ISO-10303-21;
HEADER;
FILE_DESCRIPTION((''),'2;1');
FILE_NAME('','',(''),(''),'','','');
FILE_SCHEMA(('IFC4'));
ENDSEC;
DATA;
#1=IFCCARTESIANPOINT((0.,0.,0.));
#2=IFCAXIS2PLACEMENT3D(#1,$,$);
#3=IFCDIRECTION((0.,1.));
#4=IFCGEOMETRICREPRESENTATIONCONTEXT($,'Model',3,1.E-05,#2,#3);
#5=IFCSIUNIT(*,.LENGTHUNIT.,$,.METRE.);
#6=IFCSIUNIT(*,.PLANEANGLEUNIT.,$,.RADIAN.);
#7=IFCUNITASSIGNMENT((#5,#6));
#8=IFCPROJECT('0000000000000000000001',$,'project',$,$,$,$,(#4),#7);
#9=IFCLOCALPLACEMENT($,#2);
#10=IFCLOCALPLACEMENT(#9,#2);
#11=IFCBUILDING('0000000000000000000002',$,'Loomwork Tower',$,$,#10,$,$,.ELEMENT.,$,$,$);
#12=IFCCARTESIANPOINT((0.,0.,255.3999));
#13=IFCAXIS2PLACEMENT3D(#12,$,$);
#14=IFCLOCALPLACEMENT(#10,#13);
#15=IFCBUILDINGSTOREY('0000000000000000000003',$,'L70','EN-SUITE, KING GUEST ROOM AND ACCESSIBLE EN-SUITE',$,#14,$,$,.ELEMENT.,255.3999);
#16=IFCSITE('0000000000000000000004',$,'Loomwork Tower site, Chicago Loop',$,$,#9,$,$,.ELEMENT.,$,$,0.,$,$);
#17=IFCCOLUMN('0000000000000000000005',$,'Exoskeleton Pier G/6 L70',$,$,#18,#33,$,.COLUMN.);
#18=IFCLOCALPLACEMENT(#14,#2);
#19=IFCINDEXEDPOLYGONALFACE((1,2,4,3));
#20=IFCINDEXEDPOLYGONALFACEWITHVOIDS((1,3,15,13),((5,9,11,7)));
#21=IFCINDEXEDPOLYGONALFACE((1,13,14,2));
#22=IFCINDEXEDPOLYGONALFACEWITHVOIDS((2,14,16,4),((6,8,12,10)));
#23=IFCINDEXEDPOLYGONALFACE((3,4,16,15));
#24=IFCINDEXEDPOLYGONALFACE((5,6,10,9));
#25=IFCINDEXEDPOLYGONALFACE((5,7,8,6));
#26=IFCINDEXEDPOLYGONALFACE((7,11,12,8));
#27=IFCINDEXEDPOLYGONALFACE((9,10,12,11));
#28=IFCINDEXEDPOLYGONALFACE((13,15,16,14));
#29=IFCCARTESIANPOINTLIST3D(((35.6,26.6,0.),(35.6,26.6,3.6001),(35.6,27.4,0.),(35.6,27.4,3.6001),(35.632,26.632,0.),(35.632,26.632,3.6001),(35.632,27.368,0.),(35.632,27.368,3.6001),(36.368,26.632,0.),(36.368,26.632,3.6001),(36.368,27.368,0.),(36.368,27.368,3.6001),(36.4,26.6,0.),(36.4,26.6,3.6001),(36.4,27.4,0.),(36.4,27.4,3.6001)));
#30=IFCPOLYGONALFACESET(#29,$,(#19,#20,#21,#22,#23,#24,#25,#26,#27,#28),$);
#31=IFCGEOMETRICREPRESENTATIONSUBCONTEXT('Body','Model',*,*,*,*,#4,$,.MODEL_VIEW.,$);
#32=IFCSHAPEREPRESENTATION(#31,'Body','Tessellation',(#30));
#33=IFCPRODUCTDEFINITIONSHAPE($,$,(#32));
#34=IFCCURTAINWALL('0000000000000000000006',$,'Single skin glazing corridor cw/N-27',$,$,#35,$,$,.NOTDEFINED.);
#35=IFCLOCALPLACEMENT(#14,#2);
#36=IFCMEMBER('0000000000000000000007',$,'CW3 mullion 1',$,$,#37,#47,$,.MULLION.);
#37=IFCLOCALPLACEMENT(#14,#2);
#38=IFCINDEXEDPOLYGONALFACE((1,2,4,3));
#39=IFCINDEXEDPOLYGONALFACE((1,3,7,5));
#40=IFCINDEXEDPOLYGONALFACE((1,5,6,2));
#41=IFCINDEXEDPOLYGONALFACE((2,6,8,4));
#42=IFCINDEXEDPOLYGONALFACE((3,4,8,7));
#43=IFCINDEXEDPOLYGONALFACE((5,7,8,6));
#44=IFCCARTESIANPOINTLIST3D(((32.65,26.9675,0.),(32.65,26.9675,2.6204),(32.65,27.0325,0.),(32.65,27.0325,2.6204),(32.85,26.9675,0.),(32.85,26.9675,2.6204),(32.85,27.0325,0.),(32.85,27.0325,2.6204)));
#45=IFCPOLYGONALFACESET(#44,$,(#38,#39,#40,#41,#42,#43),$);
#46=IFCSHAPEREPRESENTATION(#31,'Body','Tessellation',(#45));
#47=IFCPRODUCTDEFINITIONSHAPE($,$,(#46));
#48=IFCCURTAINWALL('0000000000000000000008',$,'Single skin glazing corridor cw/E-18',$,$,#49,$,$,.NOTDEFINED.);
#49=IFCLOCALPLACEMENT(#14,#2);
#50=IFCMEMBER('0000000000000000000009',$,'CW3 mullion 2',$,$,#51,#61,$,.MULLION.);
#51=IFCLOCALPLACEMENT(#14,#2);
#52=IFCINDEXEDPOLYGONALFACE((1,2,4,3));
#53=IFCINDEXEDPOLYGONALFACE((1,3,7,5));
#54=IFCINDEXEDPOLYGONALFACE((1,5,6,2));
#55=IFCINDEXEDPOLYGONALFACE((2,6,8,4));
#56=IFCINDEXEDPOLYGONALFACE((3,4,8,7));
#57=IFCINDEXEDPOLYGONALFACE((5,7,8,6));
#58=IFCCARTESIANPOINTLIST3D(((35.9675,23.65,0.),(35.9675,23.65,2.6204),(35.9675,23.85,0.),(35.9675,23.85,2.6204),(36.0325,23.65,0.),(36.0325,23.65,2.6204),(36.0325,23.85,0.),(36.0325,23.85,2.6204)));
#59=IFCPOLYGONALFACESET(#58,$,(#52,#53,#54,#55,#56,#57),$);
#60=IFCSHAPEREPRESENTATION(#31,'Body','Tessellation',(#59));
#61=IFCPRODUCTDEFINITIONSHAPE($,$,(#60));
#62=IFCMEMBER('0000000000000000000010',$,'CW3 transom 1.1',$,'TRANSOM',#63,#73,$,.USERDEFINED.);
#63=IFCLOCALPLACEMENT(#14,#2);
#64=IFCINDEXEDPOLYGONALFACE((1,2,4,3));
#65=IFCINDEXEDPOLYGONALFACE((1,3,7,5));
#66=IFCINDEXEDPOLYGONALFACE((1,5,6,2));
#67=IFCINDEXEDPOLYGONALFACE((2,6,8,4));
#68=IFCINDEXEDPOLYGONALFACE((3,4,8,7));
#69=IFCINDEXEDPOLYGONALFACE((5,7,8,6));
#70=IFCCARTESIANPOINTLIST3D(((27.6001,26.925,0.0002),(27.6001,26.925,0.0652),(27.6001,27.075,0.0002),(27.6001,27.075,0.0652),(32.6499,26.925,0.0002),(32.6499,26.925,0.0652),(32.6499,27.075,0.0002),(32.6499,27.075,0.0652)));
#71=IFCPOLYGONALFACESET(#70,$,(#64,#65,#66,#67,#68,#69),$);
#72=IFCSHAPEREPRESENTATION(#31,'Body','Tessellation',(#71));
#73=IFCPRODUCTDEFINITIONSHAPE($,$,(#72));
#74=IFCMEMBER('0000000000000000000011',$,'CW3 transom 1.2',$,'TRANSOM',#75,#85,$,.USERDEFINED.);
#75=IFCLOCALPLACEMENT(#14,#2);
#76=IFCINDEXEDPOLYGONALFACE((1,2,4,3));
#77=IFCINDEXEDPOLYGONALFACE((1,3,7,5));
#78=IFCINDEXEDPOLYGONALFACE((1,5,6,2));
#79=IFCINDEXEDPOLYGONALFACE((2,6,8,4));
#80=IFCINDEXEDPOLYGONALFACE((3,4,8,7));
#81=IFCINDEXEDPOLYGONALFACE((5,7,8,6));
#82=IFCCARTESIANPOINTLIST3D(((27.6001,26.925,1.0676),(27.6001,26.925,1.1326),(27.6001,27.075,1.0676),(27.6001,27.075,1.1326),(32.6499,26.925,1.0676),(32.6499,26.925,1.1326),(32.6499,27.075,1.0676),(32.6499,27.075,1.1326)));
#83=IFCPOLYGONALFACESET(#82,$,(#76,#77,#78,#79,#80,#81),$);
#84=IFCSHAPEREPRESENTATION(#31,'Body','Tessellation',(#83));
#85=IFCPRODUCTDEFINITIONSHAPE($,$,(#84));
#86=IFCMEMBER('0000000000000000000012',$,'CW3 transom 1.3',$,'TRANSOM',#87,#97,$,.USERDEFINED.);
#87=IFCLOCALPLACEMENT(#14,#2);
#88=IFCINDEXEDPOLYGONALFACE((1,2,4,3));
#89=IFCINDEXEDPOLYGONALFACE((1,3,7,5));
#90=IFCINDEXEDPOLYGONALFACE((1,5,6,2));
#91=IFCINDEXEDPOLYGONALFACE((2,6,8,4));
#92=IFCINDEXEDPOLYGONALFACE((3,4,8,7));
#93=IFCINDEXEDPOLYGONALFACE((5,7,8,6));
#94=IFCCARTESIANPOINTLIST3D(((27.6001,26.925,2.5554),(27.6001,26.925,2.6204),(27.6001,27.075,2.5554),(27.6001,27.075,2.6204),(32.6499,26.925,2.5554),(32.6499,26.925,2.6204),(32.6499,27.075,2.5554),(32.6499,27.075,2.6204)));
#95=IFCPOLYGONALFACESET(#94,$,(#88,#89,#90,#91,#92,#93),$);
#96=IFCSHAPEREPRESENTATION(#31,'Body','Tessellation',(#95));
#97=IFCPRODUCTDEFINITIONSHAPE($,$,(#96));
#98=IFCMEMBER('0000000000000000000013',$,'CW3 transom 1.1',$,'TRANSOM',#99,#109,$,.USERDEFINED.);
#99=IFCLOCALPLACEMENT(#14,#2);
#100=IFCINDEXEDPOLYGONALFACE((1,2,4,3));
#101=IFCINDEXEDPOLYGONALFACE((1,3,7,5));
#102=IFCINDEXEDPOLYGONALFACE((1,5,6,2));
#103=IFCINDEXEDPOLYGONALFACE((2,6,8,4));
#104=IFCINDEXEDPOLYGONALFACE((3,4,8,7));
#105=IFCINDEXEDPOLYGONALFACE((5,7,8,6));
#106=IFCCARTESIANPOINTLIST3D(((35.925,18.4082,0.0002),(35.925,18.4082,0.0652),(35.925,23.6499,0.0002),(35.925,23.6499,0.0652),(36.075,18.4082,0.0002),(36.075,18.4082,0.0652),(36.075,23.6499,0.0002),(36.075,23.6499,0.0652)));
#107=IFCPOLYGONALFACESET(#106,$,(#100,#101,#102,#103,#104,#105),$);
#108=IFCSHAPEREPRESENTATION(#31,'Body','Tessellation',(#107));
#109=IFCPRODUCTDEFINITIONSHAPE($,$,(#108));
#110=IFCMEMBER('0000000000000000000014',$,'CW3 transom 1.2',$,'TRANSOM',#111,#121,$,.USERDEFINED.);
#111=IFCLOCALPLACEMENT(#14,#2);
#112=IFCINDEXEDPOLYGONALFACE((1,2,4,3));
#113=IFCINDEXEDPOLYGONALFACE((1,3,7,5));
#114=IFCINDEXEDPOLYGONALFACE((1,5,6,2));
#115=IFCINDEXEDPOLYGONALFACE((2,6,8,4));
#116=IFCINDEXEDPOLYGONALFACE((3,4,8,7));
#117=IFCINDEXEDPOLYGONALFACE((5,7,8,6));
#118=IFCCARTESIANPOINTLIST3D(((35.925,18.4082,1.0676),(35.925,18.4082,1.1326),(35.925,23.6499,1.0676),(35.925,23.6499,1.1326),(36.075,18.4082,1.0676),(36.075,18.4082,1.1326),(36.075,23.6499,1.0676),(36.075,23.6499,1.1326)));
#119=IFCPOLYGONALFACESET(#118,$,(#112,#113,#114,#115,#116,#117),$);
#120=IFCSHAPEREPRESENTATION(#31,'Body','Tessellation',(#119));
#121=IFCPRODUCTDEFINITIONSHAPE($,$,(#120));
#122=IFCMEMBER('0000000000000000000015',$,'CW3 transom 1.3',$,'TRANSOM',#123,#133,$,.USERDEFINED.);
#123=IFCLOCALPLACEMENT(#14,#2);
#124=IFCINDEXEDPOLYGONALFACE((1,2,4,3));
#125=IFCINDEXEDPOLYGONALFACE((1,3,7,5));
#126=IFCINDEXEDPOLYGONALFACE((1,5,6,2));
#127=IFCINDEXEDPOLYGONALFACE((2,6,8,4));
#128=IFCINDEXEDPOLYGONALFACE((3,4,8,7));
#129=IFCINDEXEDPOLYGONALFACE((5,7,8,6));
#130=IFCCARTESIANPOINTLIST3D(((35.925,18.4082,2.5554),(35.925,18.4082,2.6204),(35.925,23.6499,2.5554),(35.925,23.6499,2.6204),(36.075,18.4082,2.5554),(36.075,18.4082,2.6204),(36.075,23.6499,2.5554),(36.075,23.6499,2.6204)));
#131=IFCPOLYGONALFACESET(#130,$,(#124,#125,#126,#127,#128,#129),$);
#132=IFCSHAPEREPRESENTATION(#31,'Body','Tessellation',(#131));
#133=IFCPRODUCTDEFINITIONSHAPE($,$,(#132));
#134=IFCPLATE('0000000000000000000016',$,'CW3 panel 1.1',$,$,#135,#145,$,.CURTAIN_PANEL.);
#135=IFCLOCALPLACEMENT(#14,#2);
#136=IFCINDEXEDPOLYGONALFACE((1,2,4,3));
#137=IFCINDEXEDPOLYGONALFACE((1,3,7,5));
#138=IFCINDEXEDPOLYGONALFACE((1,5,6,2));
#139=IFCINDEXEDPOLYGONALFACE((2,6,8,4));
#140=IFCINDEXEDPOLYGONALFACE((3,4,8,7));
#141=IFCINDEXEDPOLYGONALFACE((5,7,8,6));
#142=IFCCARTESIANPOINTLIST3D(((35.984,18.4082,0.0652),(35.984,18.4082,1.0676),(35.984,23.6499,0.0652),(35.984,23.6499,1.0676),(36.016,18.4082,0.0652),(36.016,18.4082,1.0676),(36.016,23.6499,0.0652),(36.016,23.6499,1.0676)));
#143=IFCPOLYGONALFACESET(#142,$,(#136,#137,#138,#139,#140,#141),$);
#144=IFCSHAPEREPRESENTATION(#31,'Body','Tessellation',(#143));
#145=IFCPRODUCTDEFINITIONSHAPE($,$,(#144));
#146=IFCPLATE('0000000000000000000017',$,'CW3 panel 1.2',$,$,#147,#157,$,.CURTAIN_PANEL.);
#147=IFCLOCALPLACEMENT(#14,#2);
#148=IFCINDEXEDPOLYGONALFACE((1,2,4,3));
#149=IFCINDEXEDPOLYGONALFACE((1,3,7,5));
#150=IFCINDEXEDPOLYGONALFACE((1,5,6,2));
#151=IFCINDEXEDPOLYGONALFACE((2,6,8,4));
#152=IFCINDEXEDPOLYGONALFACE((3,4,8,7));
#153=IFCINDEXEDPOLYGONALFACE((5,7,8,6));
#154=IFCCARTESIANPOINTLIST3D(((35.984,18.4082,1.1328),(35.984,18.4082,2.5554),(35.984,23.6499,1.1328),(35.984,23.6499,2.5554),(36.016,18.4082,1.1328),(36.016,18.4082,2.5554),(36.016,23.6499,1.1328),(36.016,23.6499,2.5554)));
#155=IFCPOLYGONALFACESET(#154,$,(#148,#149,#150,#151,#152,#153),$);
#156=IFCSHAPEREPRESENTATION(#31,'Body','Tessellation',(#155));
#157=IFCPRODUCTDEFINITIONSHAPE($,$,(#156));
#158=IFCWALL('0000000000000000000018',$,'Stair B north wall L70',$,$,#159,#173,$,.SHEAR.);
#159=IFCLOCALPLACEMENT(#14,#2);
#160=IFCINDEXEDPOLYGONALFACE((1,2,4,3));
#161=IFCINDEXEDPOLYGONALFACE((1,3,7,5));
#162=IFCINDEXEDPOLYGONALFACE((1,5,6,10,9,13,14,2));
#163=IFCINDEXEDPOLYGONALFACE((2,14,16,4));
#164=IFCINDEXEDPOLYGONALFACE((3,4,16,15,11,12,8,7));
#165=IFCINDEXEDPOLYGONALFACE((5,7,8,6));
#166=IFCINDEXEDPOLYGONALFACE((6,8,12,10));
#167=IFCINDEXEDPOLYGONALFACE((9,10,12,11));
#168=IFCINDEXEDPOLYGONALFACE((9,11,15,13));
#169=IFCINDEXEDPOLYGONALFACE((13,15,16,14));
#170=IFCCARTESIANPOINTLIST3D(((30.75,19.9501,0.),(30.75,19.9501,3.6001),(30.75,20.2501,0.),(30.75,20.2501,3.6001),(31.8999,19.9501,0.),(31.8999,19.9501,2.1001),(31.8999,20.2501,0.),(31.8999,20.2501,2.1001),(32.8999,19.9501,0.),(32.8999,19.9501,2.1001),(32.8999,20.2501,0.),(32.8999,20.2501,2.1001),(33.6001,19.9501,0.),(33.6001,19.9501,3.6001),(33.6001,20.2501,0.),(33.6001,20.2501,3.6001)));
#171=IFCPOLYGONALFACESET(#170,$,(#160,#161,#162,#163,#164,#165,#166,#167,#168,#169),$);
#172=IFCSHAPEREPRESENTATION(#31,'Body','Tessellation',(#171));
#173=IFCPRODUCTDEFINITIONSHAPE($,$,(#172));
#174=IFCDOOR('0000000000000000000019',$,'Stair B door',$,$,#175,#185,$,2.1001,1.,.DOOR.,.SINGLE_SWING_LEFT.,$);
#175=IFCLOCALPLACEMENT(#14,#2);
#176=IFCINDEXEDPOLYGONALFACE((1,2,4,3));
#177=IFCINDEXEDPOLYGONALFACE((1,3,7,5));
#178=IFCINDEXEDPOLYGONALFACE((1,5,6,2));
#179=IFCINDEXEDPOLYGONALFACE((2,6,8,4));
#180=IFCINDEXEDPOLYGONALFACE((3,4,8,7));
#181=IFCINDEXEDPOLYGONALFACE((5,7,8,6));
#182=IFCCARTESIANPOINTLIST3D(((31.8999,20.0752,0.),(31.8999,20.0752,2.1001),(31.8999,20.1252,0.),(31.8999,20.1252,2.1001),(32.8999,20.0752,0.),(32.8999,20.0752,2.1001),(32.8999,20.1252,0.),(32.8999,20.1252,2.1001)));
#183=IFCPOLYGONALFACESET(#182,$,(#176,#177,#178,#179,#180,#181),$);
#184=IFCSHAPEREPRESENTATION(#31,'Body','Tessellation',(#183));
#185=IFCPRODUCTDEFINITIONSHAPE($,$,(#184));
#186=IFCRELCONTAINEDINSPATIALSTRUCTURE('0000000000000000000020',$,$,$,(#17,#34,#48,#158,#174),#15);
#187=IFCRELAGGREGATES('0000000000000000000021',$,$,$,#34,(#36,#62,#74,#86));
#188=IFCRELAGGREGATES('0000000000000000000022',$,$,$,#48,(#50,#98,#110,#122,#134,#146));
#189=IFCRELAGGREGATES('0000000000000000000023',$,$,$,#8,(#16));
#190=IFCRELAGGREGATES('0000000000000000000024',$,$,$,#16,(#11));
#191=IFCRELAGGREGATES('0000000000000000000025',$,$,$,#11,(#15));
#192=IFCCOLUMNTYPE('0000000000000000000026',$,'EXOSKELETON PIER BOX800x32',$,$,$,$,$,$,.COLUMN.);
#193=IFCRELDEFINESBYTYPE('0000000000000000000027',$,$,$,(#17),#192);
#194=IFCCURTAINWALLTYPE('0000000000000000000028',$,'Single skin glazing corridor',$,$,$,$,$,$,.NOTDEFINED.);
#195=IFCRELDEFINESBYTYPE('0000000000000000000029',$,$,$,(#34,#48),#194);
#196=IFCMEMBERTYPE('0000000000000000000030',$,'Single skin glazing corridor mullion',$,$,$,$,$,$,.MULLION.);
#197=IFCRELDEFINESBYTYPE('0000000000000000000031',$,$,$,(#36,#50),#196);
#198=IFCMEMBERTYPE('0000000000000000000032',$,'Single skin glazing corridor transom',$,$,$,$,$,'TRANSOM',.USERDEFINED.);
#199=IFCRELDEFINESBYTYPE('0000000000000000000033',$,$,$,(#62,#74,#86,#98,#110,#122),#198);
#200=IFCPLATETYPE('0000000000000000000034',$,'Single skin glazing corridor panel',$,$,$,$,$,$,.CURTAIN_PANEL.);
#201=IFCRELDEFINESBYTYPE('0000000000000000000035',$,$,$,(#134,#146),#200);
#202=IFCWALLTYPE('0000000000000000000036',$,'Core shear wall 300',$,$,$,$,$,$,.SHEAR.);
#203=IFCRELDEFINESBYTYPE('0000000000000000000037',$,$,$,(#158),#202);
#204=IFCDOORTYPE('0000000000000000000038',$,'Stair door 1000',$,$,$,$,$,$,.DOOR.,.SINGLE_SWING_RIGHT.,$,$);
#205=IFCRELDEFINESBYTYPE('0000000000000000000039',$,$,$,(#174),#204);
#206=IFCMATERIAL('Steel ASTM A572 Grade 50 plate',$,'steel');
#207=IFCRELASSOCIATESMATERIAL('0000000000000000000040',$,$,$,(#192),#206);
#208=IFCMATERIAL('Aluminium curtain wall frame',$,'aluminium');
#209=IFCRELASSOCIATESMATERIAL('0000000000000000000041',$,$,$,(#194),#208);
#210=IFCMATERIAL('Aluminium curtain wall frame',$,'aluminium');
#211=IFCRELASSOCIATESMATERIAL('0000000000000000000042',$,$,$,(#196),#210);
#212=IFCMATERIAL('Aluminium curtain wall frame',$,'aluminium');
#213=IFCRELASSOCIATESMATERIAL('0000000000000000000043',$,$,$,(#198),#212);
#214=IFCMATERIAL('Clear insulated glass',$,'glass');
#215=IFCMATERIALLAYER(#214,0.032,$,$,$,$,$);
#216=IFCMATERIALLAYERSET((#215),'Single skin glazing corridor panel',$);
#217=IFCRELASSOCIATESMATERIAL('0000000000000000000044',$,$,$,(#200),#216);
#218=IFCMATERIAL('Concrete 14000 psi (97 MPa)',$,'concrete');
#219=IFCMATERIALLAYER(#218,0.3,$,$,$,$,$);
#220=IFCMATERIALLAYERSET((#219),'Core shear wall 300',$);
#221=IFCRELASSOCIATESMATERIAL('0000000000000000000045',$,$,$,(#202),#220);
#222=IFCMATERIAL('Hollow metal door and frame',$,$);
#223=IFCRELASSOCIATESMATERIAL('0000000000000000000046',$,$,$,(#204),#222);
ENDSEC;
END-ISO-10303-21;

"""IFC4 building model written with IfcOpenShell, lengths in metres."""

from ifc_helpers import new_model, si_unit, direction, frame, frame_2d, origin, origin_2d, place, context, subcontext, project, spatial, rectangle, hollow_rectangle, extrude, material, layer, layer_set, material_profile, profile_set, type_object, element, fill, aggregate, save


model = new_model("IFC4")

# Units and contexts
model_context = context("Model", 3, precision=1e-05, world=origin(), true_north=direction((0.0, 1.0)))
body_context = subcontext(model_context, "Body", "Model", "MODEL_VIEW")
ifc_project = project(units=[si_unit("LENGTHUNIT", "METRE"), si_unit("PLANEANGLEUNIT", "RADIAN")], contexts=[model_context])

# Site, building, storey
site_placement = place(None, origin())
site = spatial("IfcSite", under=ifc_project, at=site_placement, Name="Loomwork Tower site, Chicago Loop", CompositionType="ELEMENT", RefElevation=0.0)
building_placement = place(site_placement, origin())
building = spatial("IfcBuilding", under=site, at=building_placement, Name="Loomwork Tower", CompositionType="ELEMENT")
storey_placement = place(building_placement, frame((0.0, 0.0, 255.3999)))
storey = spatial("IfcBuildingStorey", under=building, at=storey_placement, Name="L70", Description="EN-SUITE, KING GUEST ROOM AND ACCESSIBLE EN-SUITE", CompositionType="ELEMENT", Elevation=255.3999)

# Column
ifc_material_1 = material(Name="Steel ASTM A572 Grade 50 plate", Category="steel")
ifc_material_profile_1 = material_profile(ifc_material_1, hollow_rectangle(XDim=0.8, YDim=0.8, WallThickness=0.032, at=origin_2d()), Name="BOX800x32")
ifc_profile_set_1 = profile_set([ifc_material_profile_1], Name="Steel ASTM A572 Grade 50 plate")
column_type = type_object("IfcColumnType", Name="EXOSKELETON PIER BOX800x32", PredefinedType="COLUMN", material=ifc_profile_set_1)
column_placement = place(storey_placement, frame((36.0, 27.0, 0.0), z_axis=(0.0, 0.0, 1.0), x_axis=(1.0, 0.0, 0.0)))
element("IfcColumn", 1, at=column_placement, inside=storey, type_object=column_type, Name="Exoskeleton Pier G/6 L70", PredefinedType="COLUMN", context=body_context, shape_type="SweptSolid", body=[
    extrude(hollow_rectangle(XDim=0.8, YDim=0.8, WallThickness=0.032, at=origin_2d()), origin(), (0.0, 0.0, 1.0), 3.6001),
])

# Curtain walls, members
ifc_material_2 = material(Name="Aluminium curtain wall frame", Category="aluminium")
curtain_wall_type = type_object("IfcCurtainWallType", Name="Single skin glazing corridor", PredefinedType="NOTDEFINED", material=ifc_material_2)
curtain_wall_1_placement = place(storey_placement, origin())
curtain_wall_1 = element("IfcCurtainWall", 2, at=curtain_wall_1_placement, inside=storey, type_object=curtain_wall_type, Name="Single skin glazing corridor cw/N-27", PredefinedType="NOTDEFINED")
ifc_material_3 = material(Name="Aluminium curtain wall frame", Category="aluminium")
ifc_material_profile_2 = material_profile(ifc_material_3, rectangle(XDim=0.0649, YDim=0.2, at=origin_2d()), Name="AL 65x200")
ifc_profile_set_2 = profile_set([ifc_material_profile_2], Name="Aluminium curtain wall frame")
member_type_1 = type_object("IfcMemberType", Name="Single skin glazing corridor mullion", PredefinedType="MULLION", material=ifc_profile_set_2)
member_1_placement = place(storey_placement, frame((32.75, 27.0, 0.0), z_axis=(0.0, 0.0, 1.0), x_axis=(0.0, -1.0, 0.0)))
member_1 = element("IfcMember", 3, at=member_1_placement, type_object=member_type_1, Name="CW3 mullion 1", PredefinedType="MULLION", context=body_context, shape_type="SweptSolid", body=[
    extrude(rectangle(XDim=0.0649, YDim=0.2, at=origin_2d()), origin(), (0.0, 0.0, 1.0), 2.6204),
])
curtain_wall_2_placement = place(storey_placement, origin())
curtain_wall_2 = element("IfcCurtainWall", 4, at=curtain_wall_2_placement, inside=storey, type_object=curtain_wall_type, Name="Single skin glazing corridor cw/E-18", PredefinedType="NOTDEFINED")
member_2_placement = place(storey_placement, frame((36.0, 23.75, 0.0), z_axis=(0.0, 0.0, 1.0), x_axis=(-1.0, 0.0, 0.0)))
member_2 = element("IfcMember", 5, at=member_2_placement, type_object=member_type_1, Name="CW3 mullion 2", PredefinedType="MULLION", context=body_context, shape_type="SweptSolid", body=[
    extrude(rectangle(XDim=0.0649, YDim=0.2, at=origin_2d()), origin(), (0.0, 0.0, 1.0), 2.6204),
])

# Members
ifc_material_4 = material(Name="Aluminium curtain wall frame", Category="aluminium")
ifc_material_profile_3 = material_profile(ifc_material_4, rectangle(XDim=0.1499, YDim=0.0649, at=origin_2d()), Name="AL 65x150")
ifc_profile_set_3 = profile_set([ifc_material_profile_3], Name="Aluminium curtain wall frame")
member_type_2 = type_object("IfcMemberType", Name="Single skin glazing corridor transom", ElementType="TRANSOM", PredefinedType="USERDEFINED", material=ifc_profile_set_3)
member_3_placement = place(storey_placement, frame((32.6499, 27.0, 0.0327), z_axis=(-1.0, 0.0, 0.0), x_axis=(0.0, -1.0, 0.0)))
member_3 = element("IfcMember", 6, at=member_3_placement, type_object=member_type_2, Name="CW3 transom 1.1", ObjectType="TRANSOM", PredefinedType="USERDEFINED", context=body_context, shape_type="SweptSolid", body=[
    extrude(rectangle(XDim=0.1499, YDim=0.0649, at=origin_2d()), origin(), (0.0, 0.0, 1.0), 5.0498),
])
member_4_placement = place(storey_placement, frame((32.6499, 27.0, 1.1001), z_axis=(-1.0, 0.0, 0.0), x_axis=(0.0, -1.0, 0.0)))
member_4 = element("IfcMember", 7, at=member_4_placement, type_object=member_type_2, Name="CW3 transom 1.2", ObjectType="TRANSOM", PredefinedType="USERDEFINED", context=body_context, shape_type="SweptSolid", body=[
    extrude(rectangle(XDim=0.1499, YDim=0.0649, at=origin_2d()), origin(), (0.0, 0.0, 1.0), 5.0498),
])
member_5_placement = place(storey_placement, frame((32.6499, 27.0, 2.5879), z_axis=(-1.0, 0.0, 0.0), x_axis=(0.0, -1.0, 0.0)))
member_5 = element("IfcMember", 8, at=member_5_placement, type_object=member_type_2, Name="CW3 transom 1.3", ObjectType="TRANSOM", PredefinedType="USERDEFINED", context=body_context, shape_type="SweptSolid", body=[
    extrude(rectangle(XDim=0.1499, YDim=0.0649, at=origin_2d()), origin(), (0.0, 0.0, 1.0), 5.0498),
])
aggregate(curtain_wall_1, [member_1, member_3, member_4, member_5])
member_6_placement = place(storey_placement, frame((36.0, 18.4082, 0.0327), z_axis=(0.0, 1.0, 0.0), x_axis=(-1.0, 0.0, 0.0)))
member_6 = element("IfcMember", 9, at=member_6_placement, type_object=member_type_2, Name="CW3 transom 1.1", ObjectType="TRANSOM", PredefinedType="USERDEFINED", context=body_context, shape_type="SweptSolid", body=[
    extrude(rectangle(XDim=0.1499, YDim=0.0649, at=origin_2d()), origin(), (0.0, 0.0, 1.0), 5.2417),
])
member_7_placement = place(storey_placement, frame((36.0, 18.4082, 1.1001), z_axis=(0.0, 1.0, 0.0), x_axis=(-1.0, 0.0, 0.0)))
member_7 = element("IfcMember", 10, at=member_7_placement, type_object=member_type_2, Name="CW3 transom 1.2", ObjectType="TRANSOM", PredefinedType="USERDEFINED", context=body_context, shape_type="SweptSolid", body=[
    extrude(rectangle(XDim=0.1499, YDim=0.0649, at=origin_2d()), origin(), (0.0, 0.0, 1.0), 5.2417),
])
member_8_placement = place(storey_placement, frame((36.0, 18.4082, 2.5879), z_axis=(0.0, 1.0, 0.0), x_axis=(-1.0, 0.0, 0.0)))
member_8 = element("IfcMember", 11, at=member_8_placement, type_object=member_type_2, Name="CW3 transom 1.3", ObjectType="TRANSOM", PredefinedType="USERDEFINED", context=body_context, shape_type="SweptSolid", body=[
    extrude(rectangle(XDim=0.1499, YDim=0.0649, at=origin_2d()), origin(), (0.0, 0.0, 1.0), 5.2417),
])

# Plates
ifc_material_5 = material(Name="Clear insulated glass", Category="glass")
ifc_layer_1 = layer(ifc_material_5, 0.032)
ifc_layer_set_1 = layer_set([ifc_layer_1], Name="Single skin glazing corridor panel")
plate_type = type_object("IfcPlateType", Name="Single skin glazing corridor panel", PredefinedType="CURTAIN_PANEL", material=ifc_layer_set_1)
plate_1_placement = place(storey_placement, frame((36.0, 21.0291, 0.0652), z_axis=(0.0, 0.0, 1.0), x_axis=(0.0, 1.0, 0.0)))
plate_1 = element("IfcPlate", 12, at=plate_1_placement, type_object=plate_type, Name="CW3 panel 1.1", PredefinedType="CURTAIN_PANEL", context=body_context, shape_type="SweptSolid", body=[
    extrude(rectangle(XDim=5.2417, YDim=0.032, at=origin_2d()), origin(), (0.0, 0.0, 1.0), 1.0024),
])
plate_2_placement = place(storey_placement, frame((36.0, 21.0291, 1.1328), z_axis=(0.0, 0.0, 1.0), x_axis=(0.0, 1.0, 0.0)))
plate_2 = element("IfcPlate", 13, at=plate_2_placement, type_object=plate_type, Name="CW3 panel 1.2", PredefinedType="CURTAIN_PANEL", context=body_context, shape_type="SweptSolid", body=[
    extrude(rectangle(XDim=5.2417, YDim=0.032, at=origin_2d()), origin(), (0.0, 0.0, 1.0), 1.4226),
])
aggregate(curtain_wall_2, [member_2, member_6, member_7, member_8, plate_1, plate_2])

# Wall, opening, door
ifc_material_6 = material(Name="Concrete 14000 psi (97 MPa)", Category="concrete")
ifc_layer_2 = layer(ifc_material_6, 0.3)
ifc_layer_set_2 = layer_set([ifc_layer_2], Name="Core shear wall 300")
wall_type_1 = type_object("IfcWallType", Name="Core shear wall 300", PredefinedType="SHEAR", material=ifc_layer_set_2)
wall_1_placement = place(storey_placement, frame((30.75, 20.1001, 0.0), z_axis=(0.0, 0.0, 1.0), x_axis=(1.0, 0.0, 0.0)))
wall_1 = element("IfcWall", 14, at=wall_1_placement, inside=storey, type_object=wall_type_1, Name="Stair B north wall L70", PredefinedType="SHEAR", context=body_context, shape_type="SweptSolid", body=[
    extrude(rectangle(XDim=2.8501, YDim=0.3, at=frame_2d((1.425, 0.0))), origin(), (0.0, 0.0, 1.0), 3.6001),
])
opening_1_placement = place(wall_1_placement, frame((1.1499, 0.0, 0.0)))
opening_1 = element("IfcOpeningElement", 15, at=opening_1_placement, cuts=wall_1, PredefinedType="OPENING", context=body_context, shape_type="SweptSolid", body=[
    extrude(rectangle(XDim=1.0, YDim=2.1001, at=frame_2d((0.5, 1.05))), frame((0.0, 0.1599, 0.0), z_axis=(0.0, -1.0, 0.0), x_axis=(1.0, 0.0, 0.0)), (0.0, 0.0, 1.0), 0.3201),
])
ifc_material_7 = material(Name="Hollow metal door and frame")
door_type = type_object("IfcDoorType", Name="Stair door 1000", OperationType="SINGLE_SWING_RIGHT", PredefinedType="DOOR", material=ifc_material_7)
door_placement = place(opening_1_placement, frame((1.0, 0.0, 0.0), z_axis=(0.0, 0.0, 1.0), x_axis=(-1.0, 0.0, 0.0)))
door = element("IfcDoor", 16, at=door_placement, inside=storey, type_object=door_type, Name="Stair B door", OperationType="SINGLE_SWING_LEFT", OverallHeight=2.1001, OverallWidth=1.0, PredefinedType="DOOR", context=body_context, shape_type="SweptSolid", body=[
    extrude(rectangle(XDim=1.0, YDim=2.1001, at=frame_2d((0.5, 1.05))), frame((0.0, 0.0249, 0.0), z_axis=(0.0, -1.0, 0.0), x_axis=(1.0, 0.0, 0.0)), (0.0, 0.0, 1.0), 0.05),
])
fill(opening_1, door)

save(model, "model.ifc")
